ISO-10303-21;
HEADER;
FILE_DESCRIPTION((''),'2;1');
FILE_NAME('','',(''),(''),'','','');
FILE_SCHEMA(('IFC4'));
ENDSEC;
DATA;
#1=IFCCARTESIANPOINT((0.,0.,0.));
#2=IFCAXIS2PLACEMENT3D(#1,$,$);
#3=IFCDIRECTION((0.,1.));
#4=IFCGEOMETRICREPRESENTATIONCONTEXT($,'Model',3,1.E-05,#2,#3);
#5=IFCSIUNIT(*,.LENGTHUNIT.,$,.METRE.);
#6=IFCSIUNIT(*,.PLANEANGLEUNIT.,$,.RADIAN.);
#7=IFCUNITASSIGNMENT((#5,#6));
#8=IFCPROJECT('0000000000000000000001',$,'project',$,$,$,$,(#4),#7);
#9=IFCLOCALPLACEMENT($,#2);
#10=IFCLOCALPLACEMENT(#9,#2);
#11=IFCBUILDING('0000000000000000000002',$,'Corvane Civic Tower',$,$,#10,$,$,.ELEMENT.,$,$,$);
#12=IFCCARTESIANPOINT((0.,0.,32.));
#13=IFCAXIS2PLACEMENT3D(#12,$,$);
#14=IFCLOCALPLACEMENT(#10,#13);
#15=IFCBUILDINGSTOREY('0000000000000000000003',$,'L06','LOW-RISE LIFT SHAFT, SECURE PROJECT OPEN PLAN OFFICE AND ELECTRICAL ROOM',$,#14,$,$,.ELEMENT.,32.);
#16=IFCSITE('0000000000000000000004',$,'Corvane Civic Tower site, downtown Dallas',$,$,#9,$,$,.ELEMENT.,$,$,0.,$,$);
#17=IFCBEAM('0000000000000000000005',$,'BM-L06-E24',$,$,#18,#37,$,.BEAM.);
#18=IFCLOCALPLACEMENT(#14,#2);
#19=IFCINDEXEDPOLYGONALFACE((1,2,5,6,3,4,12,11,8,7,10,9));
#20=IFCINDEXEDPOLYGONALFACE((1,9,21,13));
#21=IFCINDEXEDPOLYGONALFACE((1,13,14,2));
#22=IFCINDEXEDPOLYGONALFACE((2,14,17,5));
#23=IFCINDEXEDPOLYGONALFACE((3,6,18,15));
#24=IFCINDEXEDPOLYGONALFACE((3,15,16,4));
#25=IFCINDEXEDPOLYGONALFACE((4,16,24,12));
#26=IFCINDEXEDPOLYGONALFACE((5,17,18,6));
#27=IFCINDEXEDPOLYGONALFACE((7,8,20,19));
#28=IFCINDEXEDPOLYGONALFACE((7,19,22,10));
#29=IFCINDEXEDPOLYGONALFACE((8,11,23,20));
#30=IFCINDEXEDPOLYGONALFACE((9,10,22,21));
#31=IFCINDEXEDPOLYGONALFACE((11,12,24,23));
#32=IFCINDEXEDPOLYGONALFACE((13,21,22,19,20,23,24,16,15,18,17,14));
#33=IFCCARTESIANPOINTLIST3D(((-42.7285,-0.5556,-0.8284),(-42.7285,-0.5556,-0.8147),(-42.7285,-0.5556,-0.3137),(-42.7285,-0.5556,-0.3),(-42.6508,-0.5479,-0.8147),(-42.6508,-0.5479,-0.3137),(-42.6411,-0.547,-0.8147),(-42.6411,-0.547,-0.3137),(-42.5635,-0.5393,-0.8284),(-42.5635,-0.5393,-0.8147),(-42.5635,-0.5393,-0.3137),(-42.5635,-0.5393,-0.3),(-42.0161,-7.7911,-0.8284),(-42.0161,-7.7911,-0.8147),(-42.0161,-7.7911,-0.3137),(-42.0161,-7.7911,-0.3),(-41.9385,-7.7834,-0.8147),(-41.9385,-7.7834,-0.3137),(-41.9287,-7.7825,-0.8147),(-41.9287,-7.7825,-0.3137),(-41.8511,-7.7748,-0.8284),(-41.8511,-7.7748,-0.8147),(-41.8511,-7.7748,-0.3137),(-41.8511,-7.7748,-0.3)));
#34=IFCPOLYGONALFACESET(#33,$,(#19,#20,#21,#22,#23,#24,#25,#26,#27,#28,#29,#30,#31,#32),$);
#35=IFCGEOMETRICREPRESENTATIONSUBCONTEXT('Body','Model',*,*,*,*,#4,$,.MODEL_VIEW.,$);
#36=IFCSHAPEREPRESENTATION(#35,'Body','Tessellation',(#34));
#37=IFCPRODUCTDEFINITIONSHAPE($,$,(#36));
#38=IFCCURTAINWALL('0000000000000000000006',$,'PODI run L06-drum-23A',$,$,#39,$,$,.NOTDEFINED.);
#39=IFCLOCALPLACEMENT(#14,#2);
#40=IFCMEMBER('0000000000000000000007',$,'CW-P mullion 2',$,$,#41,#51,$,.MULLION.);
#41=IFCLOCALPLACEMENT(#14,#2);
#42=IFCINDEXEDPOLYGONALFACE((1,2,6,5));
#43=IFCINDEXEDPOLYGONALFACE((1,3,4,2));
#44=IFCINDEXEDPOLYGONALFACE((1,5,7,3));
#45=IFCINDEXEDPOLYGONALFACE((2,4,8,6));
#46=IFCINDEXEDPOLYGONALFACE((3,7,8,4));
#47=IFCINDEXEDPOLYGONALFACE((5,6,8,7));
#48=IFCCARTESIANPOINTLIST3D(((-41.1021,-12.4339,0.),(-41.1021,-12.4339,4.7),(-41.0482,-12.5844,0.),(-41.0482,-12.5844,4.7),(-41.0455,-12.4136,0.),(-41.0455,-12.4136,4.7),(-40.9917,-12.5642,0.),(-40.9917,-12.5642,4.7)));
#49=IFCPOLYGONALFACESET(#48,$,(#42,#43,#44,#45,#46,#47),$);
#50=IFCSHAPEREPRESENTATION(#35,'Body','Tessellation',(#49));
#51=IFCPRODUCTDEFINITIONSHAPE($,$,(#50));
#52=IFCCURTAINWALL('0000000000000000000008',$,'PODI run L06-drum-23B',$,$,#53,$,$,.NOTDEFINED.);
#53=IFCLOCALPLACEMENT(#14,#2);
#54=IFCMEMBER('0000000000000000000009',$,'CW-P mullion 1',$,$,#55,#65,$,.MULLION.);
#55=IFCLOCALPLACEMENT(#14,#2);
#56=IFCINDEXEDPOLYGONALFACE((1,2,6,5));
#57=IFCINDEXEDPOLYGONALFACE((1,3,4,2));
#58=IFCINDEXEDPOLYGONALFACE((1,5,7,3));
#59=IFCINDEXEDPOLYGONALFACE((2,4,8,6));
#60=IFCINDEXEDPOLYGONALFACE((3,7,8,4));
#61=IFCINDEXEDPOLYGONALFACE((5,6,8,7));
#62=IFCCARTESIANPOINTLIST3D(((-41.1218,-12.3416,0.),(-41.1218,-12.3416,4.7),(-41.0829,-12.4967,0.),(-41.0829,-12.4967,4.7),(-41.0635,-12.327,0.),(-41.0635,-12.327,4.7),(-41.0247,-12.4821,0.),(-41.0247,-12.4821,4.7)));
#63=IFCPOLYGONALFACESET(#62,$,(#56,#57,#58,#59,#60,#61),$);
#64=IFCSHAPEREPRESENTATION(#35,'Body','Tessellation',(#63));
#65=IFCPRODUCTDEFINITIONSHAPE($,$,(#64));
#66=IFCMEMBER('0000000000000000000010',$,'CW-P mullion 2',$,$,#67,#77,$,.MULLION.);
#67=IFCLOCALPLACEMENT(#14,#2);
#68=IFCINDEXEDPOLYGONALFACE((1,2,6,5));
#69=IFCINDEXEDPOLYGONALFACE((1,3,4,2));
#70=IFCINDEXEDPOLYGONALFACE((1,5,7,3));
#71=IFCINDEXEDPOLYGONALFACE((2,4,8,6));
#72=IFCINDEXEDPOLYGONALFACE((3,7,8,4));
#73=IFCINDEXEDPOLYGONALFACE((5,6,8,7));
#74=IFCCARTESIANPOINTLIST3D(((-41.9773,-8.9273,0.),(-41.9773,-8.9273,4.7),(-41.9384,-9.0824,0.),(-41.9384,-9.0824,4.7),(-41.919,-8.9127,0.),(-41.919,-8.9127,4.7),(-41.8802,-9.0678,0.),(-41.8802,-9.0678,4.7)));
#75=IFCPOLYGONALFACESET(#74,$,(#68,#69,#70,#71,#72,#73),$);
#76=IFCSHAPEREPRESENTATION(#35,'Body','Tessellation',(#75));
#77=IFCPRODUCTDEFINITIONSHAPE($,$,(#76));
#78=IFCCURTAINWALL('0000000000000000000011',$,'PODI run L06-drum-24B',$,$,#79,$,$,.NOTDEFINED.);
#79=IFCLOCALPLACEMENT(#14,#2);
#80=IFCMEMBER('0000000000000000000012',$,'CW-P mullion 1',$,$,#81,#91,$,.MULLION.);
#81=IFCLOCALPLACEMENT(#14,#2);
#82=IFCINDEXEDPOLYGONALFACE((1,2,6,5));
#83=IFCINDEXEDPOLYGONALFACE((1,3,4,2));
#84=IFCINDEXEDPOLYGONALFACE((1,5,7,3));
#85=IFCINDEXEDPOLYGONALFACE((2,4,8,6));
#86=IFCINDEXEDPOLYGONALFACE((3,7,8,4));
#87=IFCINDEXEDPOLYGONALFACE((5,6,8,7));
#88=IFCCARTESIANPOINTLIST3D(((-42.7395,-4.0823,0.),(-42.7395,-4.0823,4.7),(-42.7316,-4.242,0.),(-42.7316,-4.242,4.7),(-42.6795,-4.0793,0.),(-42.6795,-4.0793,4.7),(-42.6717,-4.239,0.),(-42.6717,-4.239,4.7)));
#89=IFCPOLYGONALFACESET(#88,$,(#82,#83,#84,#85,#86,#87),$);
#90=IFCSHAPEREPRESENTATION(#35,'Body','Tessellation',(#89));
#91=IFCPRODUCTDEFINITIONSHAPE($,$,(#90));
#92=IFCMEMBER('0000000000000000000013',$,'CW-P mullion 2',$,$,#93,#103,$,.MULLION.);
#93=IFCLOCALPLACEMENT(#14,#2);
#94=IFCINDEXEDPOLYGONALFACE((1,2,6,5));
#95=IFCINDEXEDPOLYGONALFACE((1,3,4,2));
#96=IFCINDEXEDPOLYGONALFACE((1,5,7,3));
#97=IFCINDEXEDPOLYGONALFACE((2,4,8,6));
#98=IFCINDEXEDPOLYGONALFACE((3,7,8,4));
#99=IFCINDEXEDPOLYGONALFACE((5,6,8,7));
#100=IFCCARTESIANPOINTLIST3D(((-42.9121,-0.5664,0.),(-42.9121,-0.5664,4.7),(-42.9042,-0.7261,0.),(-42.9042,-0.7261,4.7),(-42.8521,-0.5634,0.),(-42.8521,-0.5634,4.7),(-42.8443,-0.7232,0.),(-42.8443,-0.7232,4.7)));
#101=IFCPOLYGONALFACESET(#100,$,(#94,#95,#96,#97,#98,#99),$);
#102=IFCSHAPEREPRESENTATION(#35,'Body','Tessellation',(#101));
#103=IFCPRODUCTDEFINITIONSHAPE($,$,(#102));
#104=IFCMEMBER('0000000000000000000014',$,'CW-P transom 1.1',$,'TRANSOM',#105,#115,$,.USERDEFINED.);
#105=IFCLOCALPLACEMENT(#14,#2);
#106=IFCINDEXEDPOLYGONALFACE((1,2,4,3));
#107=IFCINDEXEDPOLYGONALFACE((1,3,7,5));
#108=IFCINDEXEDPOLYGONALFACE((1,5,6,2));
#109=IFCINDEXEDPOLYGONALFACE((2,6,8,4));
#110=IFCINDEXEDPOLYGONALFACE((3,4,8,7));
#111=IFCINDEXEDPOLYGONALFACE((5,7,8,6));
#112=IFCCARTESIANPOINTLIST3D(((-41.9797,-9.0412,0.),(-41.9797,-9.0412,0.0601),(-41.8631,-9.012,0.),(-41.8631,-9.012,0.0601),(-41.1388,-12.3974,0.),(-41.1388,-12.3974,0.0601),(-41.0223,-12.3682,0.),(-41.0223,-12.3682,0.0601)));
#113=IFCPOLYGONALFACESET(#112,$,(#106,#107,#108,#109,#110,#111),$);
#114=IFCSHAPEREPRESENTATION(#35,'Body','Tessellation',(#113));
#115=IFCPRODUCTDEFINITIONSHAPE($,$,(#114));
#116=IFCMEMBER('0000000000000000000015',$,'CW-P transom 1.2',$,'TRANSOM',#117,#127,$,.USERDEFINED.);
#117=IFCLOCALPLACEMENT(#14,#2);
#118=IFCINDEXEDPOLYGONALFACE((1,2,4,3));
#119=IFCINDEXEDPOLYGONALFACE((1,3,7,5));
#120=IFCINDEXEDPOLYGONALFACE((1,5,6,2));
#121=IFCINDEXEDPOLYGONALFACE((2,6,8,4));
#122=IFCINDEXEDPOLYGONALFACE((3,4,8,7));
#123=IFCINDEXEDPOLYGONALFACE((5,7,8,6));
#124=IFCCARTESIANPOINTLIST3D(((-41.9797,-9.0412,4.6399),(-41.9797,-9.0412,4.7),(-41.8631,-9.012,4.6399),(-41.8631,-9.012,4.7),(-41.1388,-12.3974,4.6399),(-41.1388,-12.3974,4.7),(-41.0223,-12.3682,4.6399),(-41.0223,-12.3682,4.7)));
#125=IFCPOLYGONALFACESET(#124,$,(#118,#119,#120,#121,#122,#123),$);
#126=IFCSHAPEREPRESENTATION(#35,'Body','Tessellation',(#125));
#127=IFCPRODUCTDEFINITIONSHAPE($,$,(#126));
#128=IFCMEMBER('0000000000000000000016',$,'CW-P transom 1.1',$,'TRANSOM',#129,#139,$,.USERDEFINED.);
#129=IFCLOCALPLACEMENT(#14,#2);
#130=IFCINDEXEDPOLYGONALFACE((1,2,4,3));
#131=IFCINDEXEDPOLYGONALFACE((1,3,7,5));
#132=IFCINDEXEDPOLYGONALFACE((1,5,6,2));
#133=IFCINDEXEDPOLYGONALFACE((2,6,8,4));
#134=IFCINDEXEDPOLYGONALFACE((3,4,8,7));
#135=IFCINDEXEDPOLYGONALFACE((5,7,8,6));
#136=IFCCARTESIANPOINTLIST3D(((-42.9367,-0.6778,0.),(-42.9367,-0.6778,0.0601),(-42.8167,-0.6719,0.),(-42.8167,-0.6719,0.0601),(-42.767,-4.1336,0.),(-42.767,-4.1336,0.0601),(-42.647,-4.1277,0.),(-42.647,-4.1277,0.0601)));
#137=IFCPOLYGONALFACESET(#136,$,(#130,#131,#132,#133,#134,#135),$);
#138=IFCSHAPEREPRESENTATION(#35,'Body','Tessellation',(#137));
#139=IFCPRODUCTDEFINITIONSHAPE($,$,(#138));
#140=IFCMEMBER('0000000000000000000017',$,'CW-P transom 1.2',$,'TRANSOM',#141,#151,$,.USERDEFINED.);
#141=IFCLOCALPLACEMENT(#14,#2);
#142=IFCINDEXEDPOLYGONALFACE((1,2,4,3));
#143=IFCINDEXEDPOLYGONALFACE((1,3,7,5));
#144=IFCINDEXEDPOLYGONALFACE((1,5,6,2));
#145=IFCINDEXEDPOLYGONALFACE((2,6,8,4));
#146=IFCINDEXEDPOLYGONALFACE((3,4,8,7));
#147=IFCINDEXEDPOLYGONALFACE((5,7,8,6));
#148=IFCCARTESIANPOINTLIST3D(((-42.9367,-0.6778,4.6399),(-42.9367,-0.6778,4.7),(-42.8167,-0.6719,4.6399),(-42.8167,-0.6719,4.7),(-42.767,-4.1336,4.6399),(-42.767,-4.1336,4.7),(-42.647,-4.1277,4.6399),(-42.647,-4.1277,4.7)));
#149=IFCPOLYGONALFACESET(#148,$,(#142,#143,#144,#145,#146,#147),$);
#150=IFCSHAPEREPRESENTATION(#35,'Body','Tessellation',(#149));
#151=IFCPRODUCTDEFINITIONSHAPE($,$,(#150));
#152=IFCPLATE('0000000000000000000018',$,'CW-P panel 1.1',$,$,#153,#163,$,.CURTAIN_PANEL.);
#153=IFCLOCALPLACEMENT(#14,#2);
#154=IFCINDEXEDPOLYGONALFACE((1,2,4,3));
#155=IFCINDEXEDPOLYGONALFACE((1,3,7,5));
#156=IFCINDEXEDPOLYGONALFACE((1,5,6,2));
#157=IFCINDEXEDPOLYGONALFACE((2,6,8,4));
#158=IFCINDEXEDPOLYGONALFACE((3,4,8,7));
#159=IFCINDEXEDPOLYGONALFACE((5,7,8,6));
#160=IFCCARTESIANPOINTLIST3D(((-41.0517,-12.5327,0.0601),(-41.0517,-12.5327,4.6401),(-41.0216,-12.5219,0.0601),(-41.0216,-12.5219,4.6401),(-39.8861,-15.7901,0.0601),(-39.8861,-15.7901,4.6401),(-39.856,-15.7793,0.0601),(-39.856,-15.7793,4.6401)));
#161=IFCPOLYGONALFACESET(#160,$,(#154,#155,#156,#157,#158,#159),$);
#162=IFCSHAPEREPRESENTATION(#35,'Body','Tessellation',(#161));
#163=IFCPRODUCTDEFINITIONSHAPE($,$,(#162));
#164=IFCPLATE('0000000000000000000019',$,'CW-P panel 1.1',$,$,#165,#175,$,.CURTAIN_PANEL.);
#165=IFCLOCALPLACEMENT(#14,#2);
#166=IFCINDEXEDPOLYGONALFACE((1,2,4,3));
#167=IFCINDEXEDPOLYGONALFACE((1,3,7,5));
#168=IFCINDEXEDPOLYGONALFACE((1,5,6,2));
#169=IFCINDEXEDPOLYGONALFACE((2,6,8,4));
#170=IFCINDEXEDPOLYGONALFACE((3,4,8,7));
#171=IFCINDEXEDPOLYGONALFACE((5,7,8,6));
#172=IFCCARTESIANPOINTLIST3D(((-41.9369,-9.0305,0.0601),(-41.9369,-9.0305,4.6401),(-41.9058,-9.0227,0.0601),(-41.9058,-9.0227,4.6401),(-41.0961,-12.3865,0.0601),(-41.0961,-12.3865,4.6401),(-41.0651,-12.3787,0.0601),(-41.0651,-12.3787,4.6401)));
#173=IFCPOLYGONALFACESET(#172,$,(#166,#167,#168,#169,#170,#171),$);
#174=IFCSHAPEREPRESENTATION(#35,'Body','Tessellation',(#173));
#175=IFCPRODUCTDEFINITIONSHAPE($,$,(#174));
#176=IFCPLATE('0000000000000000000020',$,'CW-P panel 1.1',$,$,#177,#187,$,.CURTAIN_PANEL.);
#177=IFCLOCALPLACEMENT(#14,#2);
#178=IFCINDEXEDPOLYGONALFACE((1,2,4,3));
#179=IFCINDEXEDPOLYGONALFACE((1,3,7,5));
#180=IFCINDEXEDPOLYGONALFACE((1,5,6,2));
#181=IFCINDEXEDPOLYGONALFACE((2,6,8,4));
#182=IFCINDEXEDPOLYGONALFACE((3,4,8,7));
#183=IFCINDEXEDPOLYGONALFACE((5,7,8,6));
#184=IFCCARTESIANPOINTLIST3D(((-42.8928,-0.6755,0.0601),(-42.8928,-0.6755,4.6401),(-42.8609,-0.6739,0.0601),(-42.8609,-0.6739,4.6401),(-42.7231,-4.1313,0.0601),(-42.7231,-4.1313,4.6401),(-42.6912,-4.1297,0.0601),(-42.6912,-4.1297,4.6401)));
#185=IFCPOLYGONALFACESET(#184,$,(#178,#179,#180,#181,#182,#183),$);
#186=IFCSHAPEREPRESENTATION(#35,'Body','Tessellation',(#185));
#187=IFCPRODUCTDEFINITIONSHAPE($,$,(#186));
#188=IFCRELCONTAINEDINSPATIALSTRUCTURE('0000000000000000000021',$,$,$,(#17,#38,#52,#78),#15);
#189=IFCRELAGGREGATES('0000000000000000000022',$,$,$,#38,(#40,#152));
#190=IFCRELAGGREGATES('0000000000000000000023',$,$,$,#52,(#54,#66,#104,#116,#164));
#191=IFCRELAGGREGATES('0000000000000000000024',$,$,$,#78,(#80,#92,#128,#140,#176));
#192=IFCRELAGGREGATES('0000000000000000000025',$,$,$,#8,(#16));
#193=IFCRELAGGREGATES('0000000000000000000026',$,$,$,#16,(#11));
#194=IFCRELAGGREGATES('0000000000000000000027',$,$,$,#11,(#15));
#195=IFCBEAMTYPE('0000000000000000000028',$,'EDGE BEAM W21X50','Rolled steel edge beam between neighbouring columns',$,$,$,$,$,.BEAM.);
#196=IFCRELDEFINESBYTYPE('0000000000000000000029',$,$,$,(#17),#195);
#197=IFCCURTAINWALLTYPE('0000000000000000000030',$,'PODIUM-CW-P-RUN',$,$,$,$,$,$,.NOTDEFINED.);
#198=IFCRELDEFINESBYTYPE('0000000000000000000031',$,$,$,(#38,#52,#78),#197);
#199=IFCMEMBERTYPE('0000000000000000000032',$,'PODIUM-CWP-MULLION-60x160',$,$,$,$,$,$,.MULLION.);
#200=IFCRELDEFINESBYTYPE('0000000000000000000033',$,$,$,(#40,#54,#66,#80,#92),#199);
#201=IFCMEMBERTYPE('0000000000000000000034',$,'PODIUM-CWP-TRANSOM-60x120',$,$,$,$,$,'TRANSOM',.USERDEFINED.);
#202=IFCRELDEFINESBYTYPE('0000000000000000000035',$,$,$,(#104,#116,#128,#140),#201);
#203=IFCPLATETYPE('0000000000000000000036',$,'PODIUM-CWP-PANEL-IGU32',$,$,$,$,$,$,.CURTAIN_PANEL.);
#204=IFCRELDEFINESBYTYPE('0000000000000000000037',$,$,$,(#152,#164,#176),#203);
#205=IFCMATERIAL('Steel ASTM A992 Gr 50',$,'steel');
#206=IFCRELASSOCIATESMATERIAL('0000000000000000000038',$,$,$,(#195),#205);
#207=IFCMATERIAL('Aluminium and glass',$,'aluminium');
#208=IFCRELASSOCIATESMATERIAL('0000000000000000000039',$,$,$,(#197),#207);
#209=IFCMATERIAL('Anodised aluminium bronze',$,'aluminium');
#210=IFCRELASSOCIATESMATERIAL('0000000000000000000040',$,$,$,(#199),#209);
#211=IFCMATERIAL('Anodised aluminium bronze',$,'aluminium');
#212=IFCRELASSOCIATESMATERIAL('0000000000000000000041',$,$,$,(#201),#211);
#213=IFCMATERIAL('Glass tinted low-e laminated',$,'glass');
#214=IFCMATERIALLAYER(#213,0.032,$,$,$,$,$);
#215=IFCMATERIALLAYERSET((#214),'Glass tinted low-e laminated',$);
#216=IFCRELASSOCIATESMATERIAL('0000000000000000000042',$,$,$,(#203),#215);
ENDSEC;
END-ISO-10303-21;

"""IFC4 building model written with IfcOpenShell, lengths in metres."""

from ifc_helpers import new_model, si_unit, direction, frame, origin, origin_2d, place, context, subcontext, project, spatial, rectangle, i_section, extrude, material, layer, layer_set, material_profile, profile_set, type_object, element, aggregate, save


model = new_model("IFC4")

# Units and contexts
model_context = context("Model", 3, precision=1e-05, world=origin(), true_north=direction((0.0, 1.0)))
body_context = subcontext(model_context, "Body", "Model", "MODEL_VIEW")
ifc_project = project(units=[si_unit("LENGTHUNIT", "METRE"), si_unit("PLANEANGLEUNIT", "RADIAN")], contexts=[model_context])

# Site, building, storey
site_placement = place(None, origin())
site = spatial("IfcSite", under=ifc_project, at=site_placement, Name="Corvane Civic Tower site, downtown Dallas", CompositionType="ELEMENT", RefElevation=0.0)
building_placement = place(site_placement, origin())
building = spatial("IfcBuilding", under=site, at=building_placement, Name="Corvane Civic Tower", CompositionType="ELEMENT")
storey_placement = place(building_placement, frame((0.0, 0.0, 32.0)))
storey = spatial("IfcBuildingStorey", under=building, at=storey_placement, Name="L06", Description="LOW-RISE LIFT SHAFT, SECURE PROJECT OPEN PLAN OFFICE AND ELECTRICAL ROOM", CompositionType="ELEMENT", Elevation=32.0)

# Beam
ifc_material_1 = material(Name="Steel ASTM A992 Gr 50", Category="steel")
ifc_material_profile_1 = material_profile(ifc_material_1, i_section(OverallWidth=0.1658, OverallDepth=0.5283, WebThickness=0.0098, FlangeThickness=0.0137, at=origin_2d()), Name="W21X50")
ifc_profile_set_1 = profile_set([ifc_material_profile_1], Name="Steel ASTM A992 Gr 50")
beam_type = type_object("IfcBeamType", Name="EDGE BEAM W21X50", Description="Rolled steel edge beam between neighbouring columns", PredefinedType="BEAM", material=ifc_profile_set_1)
beam_placement = place(storey_placement, frame((-41.9336, -7.783, -0.5642), z_axis=(-0.097984, 0.995188, 0.0), x_axis=(-0.995188, -0.097984, 0.0)))
element("IfcBeam", 1, at=beam_placement, inside=storey, type_object=beam_type, Name="BM-L06-E24", PredefinedType="BEAM", context=body_context, shape_type="SweptSolid", body=[
    extrude(i_section(OverallWidth=0.1658, OverallDepth=0.5283, WebThickness=0.0098, FlangeThickness=0.0137, at=origin_2d()), origin(), (0.0, 0.0, 1.0), 7.2705),
])

# Curtain wall, member
ifc_material_2 = material(Name="Aluminium and glass", Category="aluminium")
curtain_wall_type = type_object("IfcCurtainWallType", Name="PODIUM-CW-P-RUN", PredefinedType="NOTDEFINED", material=ifc_material_2)
curtain_wall_1_placement = place(storey_placement, origin())
curtain_wall_1 = element("IfcCurtainWall", 2, at=curtain_wall_1_placement, inside=storey, type_object=curtain_wall_type, Name="PODI run L06-drum-23A", PredefinedType="NOTDEFINED")
ifc_material_3 = material(Name="Anodised aluminium bronze", Category="aluminium")
ifc_material_profile_2 = material_profile(ifc_material_3, rectangle(XDim=0.0601, YDim=0.1599, at=origin_2d()), Name="AL 60x160")
ifc_profile_set_2 = profile_set([ifc_material_profile_2], Name="Anodised aluminium bronze")
member_type_1 = type_object("IfcMemberType", Name="PODIUM-CWP-MULLION-60x160", PredefinedType="MULLION", material=ifc_profile_set_2)
member_1_placement = place(storey_placement, frame((-41.0469, -12.499, 0.0), z_axis=(0.0, 0.0, 1.0), x_axis=(-0.941534, -0.336919, 0.0)))
member_1 = element("IfcMember", 3, at=member_1_placement, type_object=member_type_1, Name="CW-P mullion 2", PredefinedType="MULLION", context=body_context, shape_type="SweptSolid", body=[
    extrude(rectangle(XDim=0.0601, YDim=0.1599, at=origin_2d()), origin(), (0.0, 0.0, 1.0), 4.7),
])

# Curtain walls, members
curtain_wall_2_placement = place(storey_placement, origin())
curtain_wall_2 = element("IfcCurtainWall", 4, at=curtain_wall_2_placement, inside=storey, type_object=curtain_wall_type, Name="PODI run L06-drum-23B", PredefinedType="NOTDEFINED")
member_2_placement = place(storey_placement, frame((-41.0732, -12.4119, 0.0), z_axis=(0.0, 0.0, 1.0), x_axis=(-0.970024, -0.243009, 0.0)))
member_2 = element("IfcMember", 5, at=member_2_placement, type_object=member_type_1, Name="CW-P mullion 1", PredefinedType="MULLION", context=body_context, shape_type="SweptSolid", body=[
    extrude(rectangle(XDim=0.0601, YDim=0.1599, at=origin_2d()), origin(), (0.0, 0.0, 1.0), 4.7),
])
member_3_placement = place(storey_placement, frame((-41.9287, -8.9976, 0.0), z_axis=(0.0, 0.0, 1.0), x_axis=(-0.970024, -0.243009, 0.0)))
member_3 = element("IfcMember", 6, at=member_3_placement, type_object=member_type_1, Name="CW-P mullion 2", PredefinedType="MULLION", context=body_context, shape_type="SweptSolid", body=[
    extrude(rectangle(XDim=0.0601, YDim=0.1599, at=origin_2d()), origin(), (0.0, 0.0, 1.0), 4.7),
])
curtain_wall_3_placement = place(storey_placement, origin())
curtain_wall_3 = element("IfcCurtainWall", 7, at=curtain_wall_3_placement, inside=storey, type_object=curtain_wall_type, Name="PODI run L06-drum-24B", PredefinedType="NOTDEFINED")
member_4_placement = place(storey_placement, frame((-42.7056, -4.1606, 0.0), z_axis=(0.0, 0.0, 1.0), x_axis=(-0.998796, -0.04905, 0.0)))
member_4 = element("IfcMember", 8, at=member_4_placement, type_object=member_type_1, Name="CW-P mullion 1", PredefinedType="MULLION", context=body_context, shape_type="SweptSolid", body=[
    extrude(rectangle(XDim=0.0601, YDim=0.1599, at=origin_2d()), origin(), (0.0, 0.0, 1.0), 4.7),
])
member_5_placement = place(storey_placement, frame((-42.8782, -0.6448, 0.0), z_axis=(0.0, 0.0, 1.0), x_axis=(-0.998796, -0.04905, 0.0)))
member_5 = element("IfcMember", 9, at=member_5_placement, type_object=member_type_1, Name="CW-P mullion 2", PredefinedType="MULLION", context=body_context, shape_type="SweptSolid", body=[
    extrude(rectangle(XDim=0.0601, YDim=0.1599, at=origin_2d()), origin(), (0.0, 0.0, 1.0), 4.7),
])

# Members
ifc_material_4 = material(Name="Anodised aluminium bronze", Category="aluminium")
ifc_material_profile_3 = material_profile(ifc_material_4, rectangle(XDim=0.1201, YDim=0.0601, at=origin_2d()), Name="AL 120x60")
ifc_profile_set_3 = profile_set([ifc_material_profile_3], Name="Anodised aluminium bronze")
member_type_2 = type_object("IfcMemberType", Name="PODIUM-CWP-TRANSOM-60x120", ElementType="TRANSOM", PredefinedType="USERDEFINED", material=ifc_profile_set_3)
member_6_placement = place(storey_placement, frame((-41.0806, -12.3828, 0.03), z_axis=(-0.243017, 0.970022, 0.0), x_axis=(-0.970022, -0.243017, 0.0)))
member_6 = element("IfcMember", 10, at=member_6_placement, type_object=member_type_2, Name="CW-P transom 1.1", ObjectType="TRANSOM", PredefinedType="USERDEFINED", context=body_context, shape_type="SweptSolid", body=[
    extrude(rectangle(XDim=0.1201, YDim=0.0601, at=origin_2d()), origin(), (0.0, 0.0, 1.0), 3.46),
])
member_7_placement = place(storey_placement, frame((-41.0806, -12.3828, 4.6699), z_axis=(-0.243017, 0.970022, 0.0), x_axis=(-0.970022, -0.243017, 0.0)))
member_7 = element("IfcMember", 11, at=member_7_placement, type_object=member_type_2, Name="CW-P transom 1.2", ObjectType="TRANSOM", PredefinedType="USERDEFINED", context=body_context, shape_type="SweptSolid", body=[
    extrude(rectangle(XDim=0.1201, YDim=0.0601, at=origin_2d()), origin(), (0.0, 0.0, 1.0), 3.46),
])
member_8_placement = place(storey_placement, frame((-42.707, -4.1306, 0.03), z_axis=(-0.04904, 0.998797, 0.0), x_axis=(-0.998797, -0.04904, 0.0)))
member_8 = element("IfcMember", 12, at=member_8_placement, type_object=member_type_2, Name="CW-P transom 1.1", ObjectType="TRANSOM", PredefinedType="USERDEFINED", context=body_context, shape_type="SweptSolid", body=[
    extrude(rectangle(XDim=0.1201, YDim=0.0601, at=origin_2d()), origin(), (0.0, 0.0, 1.0), 3.46),
])
member_9_placement = place(storey_placement, frame((-42.707, -4.1306, 4.6699), z_axis=(-0.04904, 0.998797, 0.0), x_axis=(-0.998797, -0.04904, 0.0)))
member_9 = element("IfcMember", 13, at=member_9_placement, type_object=member_type_2, Name="CW-P transom 1.2", ObjectType="TRANSOM", PredefinedType="USERDEFINED", context=body_context, shape_type="SweptSolid", body=[
    extrude(rectangle(XDim=0.1201, YDim=0.0601, at=origin_2d()), origin(), (0.0, 0.0, 1.0), 3.46),
])

# Plates
ifc_material_5 = material(Name="Glass tinted low-e laminated", Category="glass")
ifc_layer_1 = layer(ifc_material_5, 0.032)
ifc_layer_set_1 = layer_set([ifc_layer_1], Name="Glass tinted low-e laminated")
plate_type = type_object("IfcPlateType", Name="PODIUM-CWP-PANEL-IGU32", PredefinedType="CURTAIN_PANEL", material=ifc_layer_set_1)
plate_1_placement = place(storey_placement, frame((-40.4539, -14.156, 0.0601), z_axis=(0.0, 0.0, 1.0), x_axis=(-0.336919, 0.941534, 0.0)))
plate_1 = element("IfcPlate", 14, at=plate_1_placement, type_object=plate_type, Name="CW-P panel 1.1", PredefinedType="CURTAIN_PANEL", context=body_context, shape_type="SweptSolid", body=[
    extrude(rectangle(XDim=3.4597, YDim=0.032, at=origin_2d()), origin(), (0.0, 0.0, 1.0), 4.5801),
])
aggregate(curtain_wall_1, [member_1, plate_1])
plate_2_placement = place(storey_placement, frame((-41.501, -10.7046, 0.0601), z_axis=(0.0, 0.0, 1.0), x_axis=(-0.243009, 0.970024, 0.0)))
plate_2 = element("IfcPlate", 15, at=plate_2_placement, type_object=plate_type, Name="CW-P panel 1.1", PredefinedType="CURTAIN_PANEL", context=body_context, shape_type="SweptSolid", body=[
    extrude(rectangle(XDim=3.4597, YDim=0.032, at=origin_2d()), origin(), (0.0, 0.0, 1.0), 4.5801),
])
aggregate(curtain_wall_2, [member_2, member_3, member_6, member_7, plate_2])
plate_3_placement = place(storey_placement, frame((-42.792, -2.4026, 0.0601), z_axis=(0.0, 0.0, 1.0), x_axis=(-0.04905, 0.998796, 0.0)))
plate_3 = element("IfcPlate", 16, at=plate_3_placement, type_object=plate_type, Name="CW-P panel 1.1", PredefinedType="CURTAIN_PANEL", context=body_context, shape_type="SweptSolid", body=[
    extrude(rectangle(XDim=3.46, YDim=0.032, at=origin_2d()), origin(), (0.0, 0.0, 1.0), 4.5801),
])
aggregate(curtain_wall_3, [member_4, member_5, member_8, member_9, plate_3])

save(model, "model.ifc")
